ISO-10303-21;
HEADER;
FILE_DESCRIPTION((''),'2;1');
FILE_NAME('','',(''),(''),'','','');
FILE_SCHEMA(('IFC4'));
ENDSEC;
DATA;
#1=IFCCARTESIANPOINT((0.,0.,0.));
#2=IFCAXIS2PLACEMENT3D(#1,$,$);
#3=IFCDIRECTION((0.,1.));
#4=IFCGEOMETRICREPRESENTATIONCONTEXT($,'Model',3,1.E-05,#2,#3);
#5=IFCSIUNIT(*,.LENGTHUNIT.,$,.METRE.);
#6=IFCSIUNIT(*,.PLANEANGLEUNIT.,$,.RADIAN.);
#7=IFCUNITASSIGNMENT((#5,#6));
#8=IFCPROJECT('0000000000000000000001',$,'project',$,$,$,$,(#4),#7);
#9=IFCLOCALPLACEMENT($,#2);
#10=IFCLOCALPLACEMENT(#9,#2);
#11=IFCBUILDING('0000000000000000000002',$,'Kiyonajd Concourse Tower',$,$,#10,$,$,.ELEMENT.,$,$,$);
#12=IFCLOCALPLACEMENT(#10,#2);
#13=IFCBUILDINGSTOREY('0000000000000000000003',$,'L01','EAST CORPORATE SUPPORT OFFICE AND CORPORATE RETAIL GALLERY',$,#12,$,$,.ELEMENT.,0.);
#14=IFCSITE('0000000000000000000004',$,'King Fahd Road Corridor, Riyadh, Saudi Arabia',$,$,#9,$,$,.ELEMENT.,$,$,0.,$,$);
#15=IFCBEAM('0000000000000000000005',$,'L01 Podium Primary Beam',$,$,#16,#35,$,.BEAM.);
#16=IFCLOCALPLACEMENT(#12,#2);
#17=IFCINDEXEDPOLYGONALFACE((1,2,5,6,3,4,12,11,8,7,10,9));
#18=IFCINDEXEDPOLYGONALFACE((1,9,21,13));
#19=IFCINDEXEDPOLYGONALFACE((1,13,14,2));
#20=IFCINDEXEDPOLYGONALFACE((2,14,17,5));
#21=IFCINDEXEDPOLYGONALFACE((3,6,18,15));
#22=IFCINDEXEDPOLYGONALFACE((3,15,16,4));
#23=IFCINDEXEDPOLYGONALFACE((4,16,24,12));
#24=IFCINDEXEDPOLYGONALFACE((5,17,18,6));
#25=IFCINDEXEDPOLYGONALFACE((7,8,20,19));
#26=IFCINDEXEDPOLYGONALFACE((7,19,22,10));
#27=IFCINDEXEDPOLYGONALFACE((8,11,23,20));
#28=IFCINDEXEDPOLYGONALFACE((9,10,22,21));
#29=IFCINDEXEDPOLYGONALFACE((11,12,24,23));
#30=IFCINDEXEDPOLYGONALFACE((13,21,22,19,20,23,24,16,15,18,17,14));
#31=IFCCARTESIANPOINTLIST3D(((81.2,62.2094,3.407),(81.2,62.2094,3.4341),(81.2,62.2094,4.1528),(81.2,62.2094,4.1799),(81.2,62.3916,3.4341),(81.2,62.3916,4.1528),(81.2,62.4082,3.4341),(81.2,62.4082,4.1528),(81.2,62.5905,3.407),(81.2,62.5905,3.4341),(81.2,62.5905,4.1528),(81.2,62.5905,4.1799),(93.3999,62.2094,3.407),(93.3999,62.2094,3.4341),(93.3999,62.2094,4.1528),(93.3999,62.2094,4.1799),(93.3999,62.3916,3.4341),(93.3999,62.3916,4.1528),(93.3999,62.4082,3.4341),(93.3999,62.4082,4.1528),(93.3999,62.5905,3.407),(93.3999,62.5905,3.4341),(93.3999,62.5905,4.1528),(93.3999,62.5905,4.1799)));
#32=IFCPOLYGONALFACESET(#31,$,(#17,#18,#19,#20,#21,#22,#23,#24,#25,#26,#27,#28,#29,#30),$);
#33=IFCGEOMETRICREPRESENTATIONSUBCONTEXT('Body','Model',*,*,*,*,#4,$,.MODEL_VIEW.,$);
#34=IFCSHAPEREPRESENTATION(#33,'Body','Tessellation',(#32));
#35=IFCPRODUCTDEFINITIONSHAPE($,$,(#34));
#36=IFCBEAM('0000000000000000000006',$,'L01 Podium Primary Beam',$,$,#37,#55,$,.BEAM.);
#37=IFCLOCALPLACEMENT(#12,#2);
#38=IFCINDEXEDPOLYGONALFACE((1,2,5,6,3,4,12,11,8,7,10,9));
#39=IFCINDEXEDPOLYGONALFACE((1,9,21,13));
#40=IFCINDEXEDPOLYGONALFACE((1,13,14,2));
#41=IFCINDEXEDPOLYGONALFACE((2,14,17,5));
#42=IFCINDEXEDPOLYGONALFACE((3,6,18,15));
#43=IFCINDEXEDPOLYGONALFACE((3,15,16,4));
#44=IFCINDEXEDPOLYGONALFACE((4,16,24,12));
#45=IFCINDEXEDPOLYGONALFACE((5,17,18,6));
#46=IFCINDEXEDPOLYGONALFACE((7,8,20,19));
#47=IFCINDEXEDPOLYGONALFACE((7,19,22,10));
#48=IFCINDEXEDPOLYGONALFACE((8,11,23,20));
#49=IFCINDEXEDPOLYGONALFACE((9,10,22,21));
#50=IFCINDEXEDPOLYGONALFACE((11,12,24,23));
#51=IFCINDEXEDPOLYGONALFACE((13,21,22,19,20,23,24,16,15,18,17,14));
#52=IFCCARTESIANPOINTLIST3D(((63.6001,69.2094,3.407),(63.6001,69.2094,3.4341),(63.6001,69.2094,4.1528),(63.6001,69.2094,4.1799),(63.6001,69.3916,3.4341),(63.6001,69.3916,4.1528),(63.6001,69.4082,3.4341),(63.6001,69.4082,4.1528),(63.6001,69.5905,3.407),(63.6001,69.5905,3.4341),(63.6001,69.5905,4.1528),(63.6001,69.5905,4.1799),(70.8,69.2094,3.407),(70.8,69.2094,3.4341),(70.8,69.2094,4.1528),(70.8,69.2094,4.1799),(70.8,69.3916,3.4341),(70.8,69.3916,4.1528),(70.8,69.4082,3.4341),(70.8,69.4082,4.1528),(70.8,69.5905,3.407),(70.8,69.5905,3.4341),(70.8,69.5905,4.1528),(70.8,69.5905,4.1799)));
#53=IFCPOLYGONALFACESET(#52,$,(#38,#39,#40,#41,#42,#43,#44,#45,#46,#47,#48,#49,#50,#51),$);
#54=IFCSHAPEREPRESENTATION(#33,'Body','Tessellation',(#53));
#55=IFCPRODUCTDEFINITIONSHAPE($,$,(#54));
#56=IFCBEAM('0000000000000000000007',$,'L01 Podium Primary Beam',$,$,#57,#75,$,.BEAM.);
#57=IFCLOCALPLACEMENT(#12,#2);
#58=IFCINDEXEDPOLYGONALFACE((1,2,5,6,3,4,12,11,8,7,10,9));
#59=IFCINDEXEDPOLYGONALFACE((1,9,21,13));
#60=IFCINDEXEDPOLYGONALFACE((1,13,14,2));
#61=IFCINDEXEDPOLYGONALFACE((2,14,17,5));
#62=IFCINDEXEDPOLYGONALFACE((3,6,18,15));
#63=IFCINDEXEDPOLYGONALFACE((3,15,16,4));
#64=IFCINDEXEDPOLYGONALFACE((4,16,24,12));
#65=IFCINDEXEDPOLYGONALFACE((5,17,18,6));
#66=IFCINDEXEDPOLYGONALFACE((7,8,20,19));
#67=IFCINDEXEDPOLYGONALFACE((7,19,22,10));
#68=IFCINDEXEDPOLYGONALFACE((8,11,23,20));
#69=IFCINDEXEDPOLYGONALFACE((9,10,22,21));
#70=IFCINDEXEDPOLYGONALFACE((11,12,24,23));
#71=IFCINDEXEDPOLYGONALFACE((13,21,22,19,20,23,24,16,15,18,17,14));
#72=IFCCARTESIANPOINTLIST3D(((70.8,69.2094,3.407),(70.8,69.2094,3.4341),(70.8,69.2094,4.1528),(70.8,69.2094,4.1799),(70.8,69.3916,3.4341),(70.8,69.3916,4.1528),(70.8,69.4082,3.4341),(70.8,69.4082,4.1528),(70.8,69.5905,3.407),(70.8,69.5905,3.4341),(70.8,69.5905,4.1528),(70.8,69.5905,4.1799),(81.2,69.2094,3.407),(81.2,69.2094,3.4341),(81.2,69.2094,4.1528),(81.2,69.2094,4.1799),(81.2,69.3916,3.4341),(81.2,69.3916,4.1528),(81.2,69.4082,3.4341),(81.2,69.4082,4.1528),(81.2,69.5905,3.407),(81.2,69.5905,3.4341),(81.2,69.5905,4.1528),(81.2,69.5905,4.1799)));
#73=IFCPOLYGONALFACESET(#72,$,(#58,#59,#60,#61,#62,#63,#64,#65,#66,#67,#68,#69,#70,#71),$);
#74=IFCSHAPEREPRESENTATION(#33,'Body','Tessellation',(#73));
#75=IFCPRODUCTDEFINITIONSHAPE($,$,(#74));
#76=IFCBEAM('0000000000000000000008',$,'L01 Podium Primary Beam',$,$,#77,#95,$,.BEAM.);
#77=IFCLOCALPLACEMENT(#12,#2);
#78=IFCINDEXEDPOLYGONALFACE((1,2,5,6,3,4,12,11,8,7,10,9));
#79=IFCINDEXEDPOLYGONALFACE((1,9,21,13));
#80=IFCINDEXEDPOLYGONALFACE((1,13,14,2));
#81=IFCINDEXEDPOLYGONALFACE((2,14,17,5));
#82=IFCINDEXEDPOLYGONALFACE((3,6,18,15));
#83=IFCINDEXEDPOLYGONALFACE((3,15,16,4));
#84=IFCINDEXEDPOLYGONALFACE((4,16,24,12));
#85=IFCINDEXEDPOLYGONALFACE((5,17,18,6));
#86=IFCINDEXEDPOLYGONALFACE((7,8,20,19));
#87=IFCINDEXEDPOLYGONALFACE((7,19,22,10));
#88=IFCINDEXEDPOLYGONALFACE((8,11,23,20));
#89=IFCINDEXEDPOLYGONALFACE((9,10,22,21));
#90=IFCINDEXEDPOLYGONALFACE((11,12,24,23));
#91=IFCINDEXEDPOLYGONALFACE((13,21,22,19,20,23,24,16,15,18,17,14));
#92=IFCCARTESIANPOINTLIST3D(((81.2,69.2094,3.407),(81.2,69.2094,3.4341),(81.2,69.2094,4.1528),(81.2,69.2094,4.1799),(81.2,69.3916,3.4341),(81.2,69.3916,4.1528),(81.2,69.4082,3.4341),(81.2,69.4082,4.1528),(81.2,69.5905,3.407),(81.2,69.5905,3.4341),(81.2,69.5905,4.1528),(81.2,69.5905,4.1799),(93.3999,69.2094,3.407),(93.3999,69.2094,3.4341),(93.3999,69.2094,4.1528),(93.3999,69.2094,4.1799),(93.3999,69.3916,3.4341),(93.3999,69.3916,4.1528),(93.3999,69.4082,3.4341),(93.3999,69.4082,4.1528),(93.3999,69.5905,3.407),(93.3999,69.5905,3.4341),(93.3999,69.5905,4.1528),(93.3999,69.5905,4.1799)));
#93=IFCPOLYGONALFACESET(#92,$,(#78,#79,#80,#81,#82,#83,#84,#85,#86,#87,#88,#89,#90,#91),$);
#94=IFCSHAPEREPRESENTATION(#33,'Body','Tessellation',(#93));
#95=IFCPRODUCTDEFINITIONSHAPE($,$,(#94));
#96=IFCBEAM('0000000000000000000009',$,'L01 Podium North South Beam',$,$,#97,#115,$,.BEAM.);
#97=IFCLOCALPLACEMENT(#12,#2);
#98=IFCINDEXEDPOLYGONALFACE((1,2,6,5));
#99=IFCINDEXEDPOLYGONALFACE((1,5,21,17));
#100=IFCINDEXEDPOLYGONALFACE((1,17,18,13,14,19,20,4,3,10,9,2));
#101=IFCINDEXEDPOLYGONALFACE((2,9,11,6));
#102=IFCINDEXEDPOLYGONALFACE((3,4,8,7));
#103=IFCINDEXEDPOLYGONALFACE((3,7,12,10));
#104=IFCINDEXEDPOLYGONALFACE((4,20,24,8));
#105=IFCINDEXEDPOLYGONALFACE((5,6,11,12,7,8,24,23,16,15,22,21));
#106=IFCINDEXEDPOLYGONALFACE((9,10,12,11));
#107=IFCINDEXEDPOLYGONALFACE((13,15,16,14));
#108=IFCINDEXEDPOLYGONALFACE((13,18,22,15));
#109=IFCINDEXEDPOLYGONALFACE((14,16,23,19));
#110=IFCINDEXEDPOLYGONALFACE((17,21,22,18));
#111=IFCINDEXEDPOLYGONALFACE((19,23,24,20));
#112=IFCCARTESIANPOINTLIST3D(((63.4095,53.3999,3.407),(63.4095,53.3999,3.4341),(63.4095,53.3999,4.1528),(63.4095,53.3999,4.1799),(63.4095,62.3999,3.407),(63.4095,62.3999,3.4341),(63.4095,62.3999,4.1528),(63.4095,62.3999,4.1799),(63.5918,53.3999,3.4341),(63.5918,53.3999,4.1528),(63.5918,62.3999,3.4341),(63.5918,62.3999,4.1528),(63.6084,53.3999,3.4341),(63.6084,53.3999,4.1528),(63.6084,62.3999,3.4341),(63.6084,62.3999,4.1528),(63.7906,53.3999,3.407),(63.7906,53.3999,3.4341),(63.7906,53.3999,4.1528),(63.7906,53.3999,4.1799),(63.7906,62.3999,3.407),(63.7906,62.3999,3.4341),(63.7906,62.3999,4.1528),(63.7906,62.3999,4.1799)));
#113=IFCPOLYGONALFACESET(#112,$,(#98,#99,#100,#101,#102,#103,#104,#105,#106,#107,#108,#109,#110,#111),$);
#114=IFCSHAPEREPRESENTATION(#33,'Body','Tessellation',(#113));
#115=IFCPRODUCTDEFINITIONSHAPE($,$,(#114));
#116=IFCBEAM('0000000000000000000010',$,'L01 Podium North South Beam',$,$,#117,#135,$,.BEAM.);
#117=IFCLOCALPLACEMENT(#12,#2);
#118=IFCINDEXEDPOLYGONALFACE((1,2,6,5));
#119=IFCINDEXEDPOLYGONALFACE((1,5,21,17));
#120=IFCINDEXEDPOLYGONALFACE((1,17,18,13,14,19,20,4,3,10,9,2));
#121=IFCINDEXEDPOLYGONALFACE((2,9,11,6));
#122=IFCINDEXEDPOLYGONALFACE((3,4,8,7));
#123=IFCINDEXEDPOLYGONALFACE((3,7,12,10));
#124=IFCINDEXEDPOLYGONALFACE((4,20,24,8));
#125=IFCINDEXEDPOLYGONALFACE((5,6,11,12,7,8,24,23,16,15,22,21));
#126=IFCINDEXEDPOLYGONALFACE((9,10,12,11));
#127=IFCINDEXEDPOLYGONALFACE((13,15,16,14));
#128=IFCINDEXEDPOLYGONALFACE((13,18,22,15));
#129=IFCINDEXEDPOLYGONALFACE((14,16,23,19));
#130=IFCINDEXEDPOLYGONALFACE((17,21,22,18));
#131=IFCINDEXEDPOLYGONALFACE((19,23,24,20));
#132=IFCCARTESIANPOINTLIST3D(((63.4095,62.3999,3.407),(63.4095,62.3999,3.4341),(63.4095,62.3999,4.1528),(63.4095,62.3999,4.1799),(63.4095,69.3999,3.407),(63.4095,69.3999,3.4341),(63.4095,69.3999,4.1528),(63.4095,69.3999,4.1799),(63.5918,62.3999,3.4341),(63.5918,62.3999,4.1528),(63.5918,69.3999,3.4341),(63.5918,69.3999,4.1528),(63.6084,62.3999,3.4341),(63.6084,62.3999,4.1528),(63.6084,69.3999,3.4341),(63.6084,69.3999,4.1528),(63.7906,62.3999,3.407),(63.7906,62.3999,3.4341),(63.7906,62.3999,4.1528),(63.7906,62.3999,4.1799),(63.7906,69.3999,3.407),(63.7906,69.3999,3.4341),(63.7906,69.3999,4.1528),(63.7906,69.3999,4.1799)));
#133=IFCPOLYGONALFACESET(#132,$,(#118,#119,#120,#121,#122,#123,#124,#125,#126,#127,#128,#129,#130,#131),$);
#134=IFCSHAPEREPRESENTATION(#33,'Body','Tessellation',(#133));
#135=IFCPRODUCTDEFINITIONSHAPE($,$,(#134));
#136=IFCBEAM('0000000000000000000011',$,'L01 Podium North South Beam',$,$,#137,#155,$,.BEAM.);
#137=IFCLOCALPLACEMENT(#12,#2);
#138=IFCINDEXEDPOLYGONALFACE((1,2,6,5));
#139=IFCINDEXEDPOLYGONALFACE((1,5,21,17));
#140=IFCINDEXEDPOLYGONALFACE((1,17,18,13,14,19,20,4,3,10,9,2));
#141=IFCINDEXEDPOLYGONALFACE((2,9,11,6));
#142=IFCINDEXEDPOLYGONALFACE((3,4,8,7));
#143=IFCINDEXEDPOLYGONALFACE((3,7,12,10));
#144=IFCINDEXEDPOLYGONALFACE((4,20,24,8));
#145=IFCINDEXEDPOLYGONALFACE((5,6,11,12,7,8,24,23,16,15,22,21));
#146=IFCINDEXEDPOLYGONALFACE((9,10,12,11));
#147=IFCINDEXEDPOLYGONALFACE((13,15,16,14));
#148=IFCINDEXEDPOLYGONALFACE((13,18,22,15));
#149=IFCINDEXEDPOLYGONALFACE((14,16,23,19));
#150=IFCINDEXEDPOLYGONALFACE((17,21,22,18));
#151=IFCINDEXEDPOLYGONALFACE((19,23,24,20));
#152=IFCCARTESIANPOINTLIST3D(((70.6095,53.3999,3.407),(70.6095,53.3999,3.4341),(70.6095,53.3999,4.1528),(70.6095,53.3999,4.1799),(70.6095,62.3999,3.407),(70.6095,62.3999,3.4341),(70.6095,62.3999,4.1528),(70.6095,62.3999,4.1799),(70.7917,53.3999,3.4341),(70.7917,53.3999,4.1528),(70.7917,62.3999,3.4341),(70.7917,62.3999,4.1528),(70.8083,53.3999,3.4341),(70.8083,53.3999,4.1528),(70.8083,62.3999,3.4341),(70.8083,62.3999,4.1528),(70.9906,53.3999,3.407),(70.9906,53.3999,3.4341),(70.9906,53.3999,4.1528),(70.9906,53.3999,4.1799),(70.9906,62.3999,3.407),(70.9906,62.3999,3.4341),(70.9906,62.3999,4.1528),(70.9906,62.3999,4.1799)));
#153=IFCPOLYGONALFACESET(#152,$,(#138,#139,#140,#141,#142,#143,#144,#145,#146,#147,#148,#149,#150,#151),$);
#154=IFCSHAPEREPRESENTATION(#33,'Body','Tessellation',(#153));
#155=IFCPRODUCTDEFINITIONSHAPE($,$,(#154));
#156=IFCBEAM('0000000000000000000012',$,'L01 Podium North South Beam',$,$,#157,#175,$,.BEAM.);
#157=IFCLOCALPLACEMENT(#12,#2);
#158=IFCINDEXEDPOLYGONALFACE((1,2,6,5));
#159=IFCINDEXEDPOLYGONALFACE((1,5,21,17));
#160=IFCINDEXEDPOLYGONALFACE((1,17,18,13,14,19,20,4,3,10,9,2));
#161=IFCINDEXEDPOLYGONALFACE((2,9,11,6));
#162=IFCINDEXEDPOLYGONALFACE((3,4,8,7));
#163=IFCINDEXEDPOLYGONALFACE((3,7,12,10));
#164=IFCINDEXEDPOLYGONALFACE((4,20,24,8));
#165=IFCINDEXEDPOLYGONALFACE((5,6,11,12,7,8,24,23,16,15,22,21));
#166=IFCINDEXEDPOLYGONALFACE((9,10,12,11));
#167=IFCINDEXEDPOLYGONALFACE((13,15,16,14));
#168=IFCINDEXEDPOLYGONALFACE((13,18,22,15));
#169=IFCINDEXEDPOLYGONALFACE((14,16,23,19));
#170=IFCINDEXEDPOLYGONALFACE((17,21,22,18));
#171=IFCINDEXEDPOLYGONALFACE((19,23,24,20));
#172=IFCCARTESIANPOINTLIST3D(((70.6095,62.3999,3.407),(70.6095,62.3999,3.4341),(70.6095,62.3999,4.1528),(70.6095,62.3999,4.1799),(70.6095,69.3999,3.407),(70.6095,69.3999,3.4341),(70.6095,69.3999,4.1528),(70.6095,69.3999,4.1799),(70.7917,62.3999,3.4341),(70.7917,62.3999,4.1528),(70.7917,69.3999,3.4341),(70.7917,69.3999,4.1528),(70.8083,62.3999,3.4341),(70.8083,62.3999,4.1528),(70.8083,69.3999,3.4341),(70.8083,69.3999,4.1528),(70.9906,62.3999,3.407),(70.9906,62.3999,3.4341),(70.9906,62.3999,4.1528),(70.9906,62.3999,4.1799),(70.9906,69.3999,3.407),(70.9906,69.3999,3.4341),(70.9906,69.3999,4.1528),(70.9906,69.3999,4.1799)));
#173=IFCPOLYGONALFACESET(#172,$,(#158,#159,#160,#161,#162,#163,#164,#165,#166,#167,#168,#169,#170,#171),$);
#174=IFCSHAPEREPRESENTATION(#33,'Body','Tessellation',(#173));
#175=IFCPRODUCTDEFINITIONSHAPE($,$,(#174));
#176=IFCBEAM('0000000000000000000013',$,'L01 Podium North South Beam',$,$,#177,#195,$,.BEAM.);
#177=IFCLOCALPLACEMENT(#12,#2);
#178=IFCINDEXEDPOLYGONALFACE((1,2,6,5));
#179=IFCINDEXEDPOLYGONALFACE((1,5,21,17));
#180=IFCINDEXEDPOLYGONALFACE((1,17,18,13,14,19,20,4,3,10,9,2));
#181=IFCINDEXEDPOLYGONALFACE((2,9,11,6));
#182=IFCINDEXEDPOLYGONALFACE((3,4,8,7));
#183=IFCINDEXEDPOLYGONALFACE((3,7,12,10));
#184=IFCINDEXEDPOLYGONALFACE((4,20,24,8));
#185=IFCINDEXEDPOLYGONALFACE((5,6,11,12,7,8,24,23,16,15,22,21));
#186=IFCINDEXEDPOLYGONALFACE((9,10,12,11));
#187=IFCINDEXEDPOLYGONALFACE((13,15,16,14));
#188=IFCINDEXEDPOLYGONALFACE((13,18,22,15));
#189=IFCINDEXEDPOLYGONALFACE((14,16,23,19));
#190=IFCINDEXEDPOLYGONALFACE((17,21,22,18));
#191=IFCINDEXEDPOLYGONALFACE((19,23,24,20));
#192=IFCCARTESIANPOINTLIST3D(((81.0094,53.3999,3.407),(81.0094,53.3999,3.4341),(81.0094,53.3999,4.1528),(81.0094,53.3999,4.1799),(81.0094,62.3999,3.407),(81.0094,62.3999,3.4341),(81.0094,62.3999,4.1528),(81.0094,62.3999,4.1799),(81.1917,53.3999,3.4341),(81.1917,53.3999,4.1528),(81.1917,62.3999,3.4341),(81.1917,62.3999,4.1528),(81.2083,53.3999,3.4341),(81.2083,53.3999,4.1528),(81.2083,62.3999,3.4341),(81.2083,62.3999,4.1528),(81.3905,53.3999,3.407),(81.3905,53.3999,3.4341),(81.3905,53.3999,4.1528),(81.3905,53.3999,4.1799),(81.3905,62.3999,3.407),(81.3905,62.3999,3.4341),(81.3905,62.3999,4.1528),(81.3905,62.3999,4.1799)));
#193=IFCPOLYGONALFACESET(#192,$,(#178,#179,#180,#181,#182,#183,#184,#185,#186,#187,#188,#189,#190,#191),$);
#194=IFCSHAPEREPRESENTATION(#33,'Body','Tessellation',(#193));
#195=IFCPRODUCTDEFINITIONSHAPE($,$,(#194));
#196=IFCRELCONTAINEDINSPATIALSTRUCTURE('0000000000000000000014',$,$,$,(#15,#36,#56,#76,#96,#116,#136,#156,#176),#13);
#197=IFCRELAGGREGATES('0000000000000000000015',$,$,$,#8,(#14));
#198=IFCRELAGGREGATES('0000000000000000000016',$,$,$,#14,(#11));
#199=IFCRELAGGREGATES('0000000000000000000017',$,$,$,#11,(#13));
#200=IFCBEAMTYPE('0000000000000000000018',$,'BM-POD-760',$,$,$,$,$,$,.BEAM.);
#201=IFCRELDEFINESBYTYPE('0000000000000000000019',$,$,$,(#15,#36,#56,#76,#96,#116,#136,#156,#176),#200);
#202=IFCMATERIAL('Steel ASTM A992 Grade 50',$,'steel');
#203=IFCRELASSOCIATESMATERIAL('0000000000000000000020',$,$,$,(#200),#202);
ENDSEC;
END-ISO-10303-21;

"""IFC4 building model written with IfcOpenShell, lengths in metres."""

from ifc_helpers import new_model, si_unit, direction, frame, origin, origin_2d, place, context, subcontext, project, spatial, i_section, extrude, material, material_profile, profile_set, type_object, element, save


model = new_model("IFC4")

# Units and contexts
model_context = context("Model", 3, precision=1e-05, world=origin(), true_north=direction((0.0, 1.0)))
body_context = subcontext(model_context, "Body", "Model", "MODEL_VIEW")
ifc_project = project(units=[si_unit("LENGTHUNIT", "METRE"), si_unit("PLANEANGLEUNIT", "RADIAN")], contexts=[model_context])

# Site, building, storey
site_placement = place(None, origin())
site = spatial("IfcSite", under=ifc_project, at=site_placement, Name="King Fahd Road Corridor, Riyadh, Saudi Arabia", CompositionType="ELEMENT", RefElevation=0.0)
building_placement = place(site_placement, origin())
building = spatial("IfcBuilding", under=site, at=building_placement, Name="Kiyonajd Concourse Tower", CompositionType="ELEMENT")
storey_placement = place(building_placement, origin())
storey = spatial("IfcBuildingStorey", under=building, at=storey_placement, Name="L01", Description="EAST CORPORATE SUPPORT OFFICE AND CORPORATE RETAIL GALLERY", CompositionType="ELEMENT", Elevation=0.0)

# Beams
ifc_material_1 = material(Name="Steel ASTM A992 Grade 50", Category="steel")
ifc_material_profile_1 = material_profile(ifc_material_1, i_section(OverallWidth=0.3811, OverallDepth=0.7729, WebThickness=0.0166, FlangeThickness=0.0271, at=origin_2d()), Name="W760X257")
ifc_profile_set_1 = profile_set([ifc_material_profile_1], Name="Steel ASTM A992 Grade 50")
beam_type = type_object("IfcBeamType", Name="BM-POD-760", PredefinedType="BEAM", material=ifc_profile_set_1)
beam_1_placement = place(storey_placement, frame((81.2, 62.3999, 3.7935), z_axis=(1.0, 0.0, 0.0), x_axis=(0.0, 1.0, 0.0)))
element("IfcBeam", 1, at=beam_1_placement, inside=storey, type_object=beam_type, Name="L01 Podium Primary Beam", PredefinedType="BEAM", context=body_context, shape_type="SweptSolid", body=[
    extrude(i_section(OverallWidth=0.3811, OverallDepth=0.7729, WebThickness=0.0166, FlangeThickness=0.0271, at=origin_2d()), origin(), (0.0, 0.0, 1.0), 12.2),
])
beam_2_placement = place(storey_placement, frame((63.6001, 69.3999, 3.7935), z_axis=(1.0, 0.0, 0.0), x_axis=(0.0, 1.0, 0.0)))
element("IfcBeam", 2, at=beam_2_placement, inside=storey, type_object=beam_type, Name="L01 Podium Primary Beam", PredefinedType="BEAM", context=body_context, shape_type="SweptSolid", body=[
    extrude(i_section(OverallWidth=0.3811, OverallDepth=0.7729, WebThickness=0.0166, FlangeThickness=0.0271, at=origin_2d()), origin(), (0.0, 0.0, 1.0), 7.2),
])
beam_3_placement = place(storey_placement, frame((70.8, 69.3999, 3.7935), z_axis=(1.0, 0.0, 0.0), x_axis=(0.0, 1.0, 0.0)))
element("IfcBeam", 3, at=beam_3_placement, inside=storey, type_object=beam_type, Name="L01 Podium Primary Beam", PredefinedType="BEAM", context=body_context, shape_type="SweptSolid", body=[
    extrude(i_section(OverallWidth=0.3811, OverallDepth=0.7729, WebThickness=0.0166, FlangeThickness=0.0271, at=origin_2d()), origin(), (0.0, 0.0, 1.0), 10.3999),
])
beam_4_placement = place(storey_placement, frame((81.2, 69.3999, 3.7935), z_axis=(1.0, 0.0, 0.0), x_axis=(0.0, 1.0, 0.0)))
element("IfcBeam", 4, at=beam_4_placement, inside=storey, type_object=beam_type, Name="L01 Podium Primary Beam", PredefinedType="BEAM", context=body_context, shape_type="SweptSolid", body=[
    extrude(i_section(OverallWidth=0.3811, OverallDepth=0.7729, WebThickness=0.0166, FlangeThickness=0.0271, at=origin_2d()), origin(), (0.0, 0.0, 1.0), 12.2),
])
beam_5_placement = place(storey_placement, frame((63.6001, 53.3999, 3.7935), z_axis=(0.0, 1.0, 0.0), x_axis=(-1.0, 0.0, 0.0)))
element("IfcBeam", 5, at=beam_5_placement, inside=storey, type_object=beam_type, Name="L01 Podium North South Beam", PredefinedType="BEAM", context=body_context, shape_type="SweptSolid", body=[
    extrude(i_section(OverallWidth=0.3811, OverallDepth=0.7729, WebThickness=0.0166, FlangeThickness=0.0271, at=origin_2d()), origin(), (0.0, 0.0, 1.0), 9.0),
])
beam_6_placement = place(storey_placement, frame((63.6001, 62.3999, 3.7935), z_axis=(0.0, 1.0, 0.0), x_axis=(-1.0, 0.0, 0.0)))
element("IfcBeam", 6, at=beam_6_placement, inside=storey, type_object=beam_type, Name="L01 Podium North South Beam", PredefinedType="BEAM", context=body_context, shape_type="SweptSolid", body=[
    extrude(i_section(OverallWidth=0.3811, OverallDepth=0.7729, WebThickness=0.0166, FlangeThickness=0.0271, at=origin_2d()), origin(), (0.0, 0.0, 1.0), 7.0),
])
beam_7_placement = place(storey_placement, frame((70.8, 53.3999, 3.7935), z_axis=(0.0, 1.0, 0.0), x_axis=(-1.0, 0.0, 0.0)))
element("IfcBeam", 7, at=beam_7_placement, inside=storey, type_object=beam_type, Name="L01 Podium North South Beam", PredefinedType="BEAM", context=body_context, shape_type="SweptSolid", body=[
    extrude(i_section(OverallWidth=0.3811, OverallDepth=0.7729, WebThickness=0.0166, FlangeThickness=0.0271, at=origin_2d()), origin(), (0.0, 0.0, 1.0), 9.0),
])
beam_8_placement = place(storey_placement, frame((70.8, 62.3999, 3.7935), z_axis=(0.0, 1.0, 0.0), x_axis=(-1.0, 0.0, 0.0)))
element("IfcBeam", 8, at=beam_8_placement, inside=storey, type_object=beam_type, Name="L01 Podium North South Beam", PredefinedType="BEAM", context=body_context, shape_type="SweptSolid", body=[
    extrude(i_section(OverallWidth=0.3811, OverallDepth=0.7729, WebThickness=0.0166, FlangeThickness=0.0271, at=origin_2d()), origin(), (0.0, 0.0, 1.0), 7.0),
])
beam_9_placement = place(storey_placement, frame((81.2, 53.3999, 3.7935), z_axis=(0.0, 1.0, 0.0), x_axis=(-1.0, 0.0, 0.0)))
element("IfcBeam", 9, at=beam_9_placement, inside=storey, type_object=beam_type, Name="L01 Podium North South Beam", PredefinedType="BEAM", context=body_context, shape_type="SweptSolid", body=[
    extrude(i_section(OverallWidth=0.3811, OverallDepth=0.7729, WebThickness=0.0166, FlangeThickness=0.0271, at=origin_2d()), origin(), (0.0, 0.0, 1.0), 9.0),
])

save(model, "model.ifc")
